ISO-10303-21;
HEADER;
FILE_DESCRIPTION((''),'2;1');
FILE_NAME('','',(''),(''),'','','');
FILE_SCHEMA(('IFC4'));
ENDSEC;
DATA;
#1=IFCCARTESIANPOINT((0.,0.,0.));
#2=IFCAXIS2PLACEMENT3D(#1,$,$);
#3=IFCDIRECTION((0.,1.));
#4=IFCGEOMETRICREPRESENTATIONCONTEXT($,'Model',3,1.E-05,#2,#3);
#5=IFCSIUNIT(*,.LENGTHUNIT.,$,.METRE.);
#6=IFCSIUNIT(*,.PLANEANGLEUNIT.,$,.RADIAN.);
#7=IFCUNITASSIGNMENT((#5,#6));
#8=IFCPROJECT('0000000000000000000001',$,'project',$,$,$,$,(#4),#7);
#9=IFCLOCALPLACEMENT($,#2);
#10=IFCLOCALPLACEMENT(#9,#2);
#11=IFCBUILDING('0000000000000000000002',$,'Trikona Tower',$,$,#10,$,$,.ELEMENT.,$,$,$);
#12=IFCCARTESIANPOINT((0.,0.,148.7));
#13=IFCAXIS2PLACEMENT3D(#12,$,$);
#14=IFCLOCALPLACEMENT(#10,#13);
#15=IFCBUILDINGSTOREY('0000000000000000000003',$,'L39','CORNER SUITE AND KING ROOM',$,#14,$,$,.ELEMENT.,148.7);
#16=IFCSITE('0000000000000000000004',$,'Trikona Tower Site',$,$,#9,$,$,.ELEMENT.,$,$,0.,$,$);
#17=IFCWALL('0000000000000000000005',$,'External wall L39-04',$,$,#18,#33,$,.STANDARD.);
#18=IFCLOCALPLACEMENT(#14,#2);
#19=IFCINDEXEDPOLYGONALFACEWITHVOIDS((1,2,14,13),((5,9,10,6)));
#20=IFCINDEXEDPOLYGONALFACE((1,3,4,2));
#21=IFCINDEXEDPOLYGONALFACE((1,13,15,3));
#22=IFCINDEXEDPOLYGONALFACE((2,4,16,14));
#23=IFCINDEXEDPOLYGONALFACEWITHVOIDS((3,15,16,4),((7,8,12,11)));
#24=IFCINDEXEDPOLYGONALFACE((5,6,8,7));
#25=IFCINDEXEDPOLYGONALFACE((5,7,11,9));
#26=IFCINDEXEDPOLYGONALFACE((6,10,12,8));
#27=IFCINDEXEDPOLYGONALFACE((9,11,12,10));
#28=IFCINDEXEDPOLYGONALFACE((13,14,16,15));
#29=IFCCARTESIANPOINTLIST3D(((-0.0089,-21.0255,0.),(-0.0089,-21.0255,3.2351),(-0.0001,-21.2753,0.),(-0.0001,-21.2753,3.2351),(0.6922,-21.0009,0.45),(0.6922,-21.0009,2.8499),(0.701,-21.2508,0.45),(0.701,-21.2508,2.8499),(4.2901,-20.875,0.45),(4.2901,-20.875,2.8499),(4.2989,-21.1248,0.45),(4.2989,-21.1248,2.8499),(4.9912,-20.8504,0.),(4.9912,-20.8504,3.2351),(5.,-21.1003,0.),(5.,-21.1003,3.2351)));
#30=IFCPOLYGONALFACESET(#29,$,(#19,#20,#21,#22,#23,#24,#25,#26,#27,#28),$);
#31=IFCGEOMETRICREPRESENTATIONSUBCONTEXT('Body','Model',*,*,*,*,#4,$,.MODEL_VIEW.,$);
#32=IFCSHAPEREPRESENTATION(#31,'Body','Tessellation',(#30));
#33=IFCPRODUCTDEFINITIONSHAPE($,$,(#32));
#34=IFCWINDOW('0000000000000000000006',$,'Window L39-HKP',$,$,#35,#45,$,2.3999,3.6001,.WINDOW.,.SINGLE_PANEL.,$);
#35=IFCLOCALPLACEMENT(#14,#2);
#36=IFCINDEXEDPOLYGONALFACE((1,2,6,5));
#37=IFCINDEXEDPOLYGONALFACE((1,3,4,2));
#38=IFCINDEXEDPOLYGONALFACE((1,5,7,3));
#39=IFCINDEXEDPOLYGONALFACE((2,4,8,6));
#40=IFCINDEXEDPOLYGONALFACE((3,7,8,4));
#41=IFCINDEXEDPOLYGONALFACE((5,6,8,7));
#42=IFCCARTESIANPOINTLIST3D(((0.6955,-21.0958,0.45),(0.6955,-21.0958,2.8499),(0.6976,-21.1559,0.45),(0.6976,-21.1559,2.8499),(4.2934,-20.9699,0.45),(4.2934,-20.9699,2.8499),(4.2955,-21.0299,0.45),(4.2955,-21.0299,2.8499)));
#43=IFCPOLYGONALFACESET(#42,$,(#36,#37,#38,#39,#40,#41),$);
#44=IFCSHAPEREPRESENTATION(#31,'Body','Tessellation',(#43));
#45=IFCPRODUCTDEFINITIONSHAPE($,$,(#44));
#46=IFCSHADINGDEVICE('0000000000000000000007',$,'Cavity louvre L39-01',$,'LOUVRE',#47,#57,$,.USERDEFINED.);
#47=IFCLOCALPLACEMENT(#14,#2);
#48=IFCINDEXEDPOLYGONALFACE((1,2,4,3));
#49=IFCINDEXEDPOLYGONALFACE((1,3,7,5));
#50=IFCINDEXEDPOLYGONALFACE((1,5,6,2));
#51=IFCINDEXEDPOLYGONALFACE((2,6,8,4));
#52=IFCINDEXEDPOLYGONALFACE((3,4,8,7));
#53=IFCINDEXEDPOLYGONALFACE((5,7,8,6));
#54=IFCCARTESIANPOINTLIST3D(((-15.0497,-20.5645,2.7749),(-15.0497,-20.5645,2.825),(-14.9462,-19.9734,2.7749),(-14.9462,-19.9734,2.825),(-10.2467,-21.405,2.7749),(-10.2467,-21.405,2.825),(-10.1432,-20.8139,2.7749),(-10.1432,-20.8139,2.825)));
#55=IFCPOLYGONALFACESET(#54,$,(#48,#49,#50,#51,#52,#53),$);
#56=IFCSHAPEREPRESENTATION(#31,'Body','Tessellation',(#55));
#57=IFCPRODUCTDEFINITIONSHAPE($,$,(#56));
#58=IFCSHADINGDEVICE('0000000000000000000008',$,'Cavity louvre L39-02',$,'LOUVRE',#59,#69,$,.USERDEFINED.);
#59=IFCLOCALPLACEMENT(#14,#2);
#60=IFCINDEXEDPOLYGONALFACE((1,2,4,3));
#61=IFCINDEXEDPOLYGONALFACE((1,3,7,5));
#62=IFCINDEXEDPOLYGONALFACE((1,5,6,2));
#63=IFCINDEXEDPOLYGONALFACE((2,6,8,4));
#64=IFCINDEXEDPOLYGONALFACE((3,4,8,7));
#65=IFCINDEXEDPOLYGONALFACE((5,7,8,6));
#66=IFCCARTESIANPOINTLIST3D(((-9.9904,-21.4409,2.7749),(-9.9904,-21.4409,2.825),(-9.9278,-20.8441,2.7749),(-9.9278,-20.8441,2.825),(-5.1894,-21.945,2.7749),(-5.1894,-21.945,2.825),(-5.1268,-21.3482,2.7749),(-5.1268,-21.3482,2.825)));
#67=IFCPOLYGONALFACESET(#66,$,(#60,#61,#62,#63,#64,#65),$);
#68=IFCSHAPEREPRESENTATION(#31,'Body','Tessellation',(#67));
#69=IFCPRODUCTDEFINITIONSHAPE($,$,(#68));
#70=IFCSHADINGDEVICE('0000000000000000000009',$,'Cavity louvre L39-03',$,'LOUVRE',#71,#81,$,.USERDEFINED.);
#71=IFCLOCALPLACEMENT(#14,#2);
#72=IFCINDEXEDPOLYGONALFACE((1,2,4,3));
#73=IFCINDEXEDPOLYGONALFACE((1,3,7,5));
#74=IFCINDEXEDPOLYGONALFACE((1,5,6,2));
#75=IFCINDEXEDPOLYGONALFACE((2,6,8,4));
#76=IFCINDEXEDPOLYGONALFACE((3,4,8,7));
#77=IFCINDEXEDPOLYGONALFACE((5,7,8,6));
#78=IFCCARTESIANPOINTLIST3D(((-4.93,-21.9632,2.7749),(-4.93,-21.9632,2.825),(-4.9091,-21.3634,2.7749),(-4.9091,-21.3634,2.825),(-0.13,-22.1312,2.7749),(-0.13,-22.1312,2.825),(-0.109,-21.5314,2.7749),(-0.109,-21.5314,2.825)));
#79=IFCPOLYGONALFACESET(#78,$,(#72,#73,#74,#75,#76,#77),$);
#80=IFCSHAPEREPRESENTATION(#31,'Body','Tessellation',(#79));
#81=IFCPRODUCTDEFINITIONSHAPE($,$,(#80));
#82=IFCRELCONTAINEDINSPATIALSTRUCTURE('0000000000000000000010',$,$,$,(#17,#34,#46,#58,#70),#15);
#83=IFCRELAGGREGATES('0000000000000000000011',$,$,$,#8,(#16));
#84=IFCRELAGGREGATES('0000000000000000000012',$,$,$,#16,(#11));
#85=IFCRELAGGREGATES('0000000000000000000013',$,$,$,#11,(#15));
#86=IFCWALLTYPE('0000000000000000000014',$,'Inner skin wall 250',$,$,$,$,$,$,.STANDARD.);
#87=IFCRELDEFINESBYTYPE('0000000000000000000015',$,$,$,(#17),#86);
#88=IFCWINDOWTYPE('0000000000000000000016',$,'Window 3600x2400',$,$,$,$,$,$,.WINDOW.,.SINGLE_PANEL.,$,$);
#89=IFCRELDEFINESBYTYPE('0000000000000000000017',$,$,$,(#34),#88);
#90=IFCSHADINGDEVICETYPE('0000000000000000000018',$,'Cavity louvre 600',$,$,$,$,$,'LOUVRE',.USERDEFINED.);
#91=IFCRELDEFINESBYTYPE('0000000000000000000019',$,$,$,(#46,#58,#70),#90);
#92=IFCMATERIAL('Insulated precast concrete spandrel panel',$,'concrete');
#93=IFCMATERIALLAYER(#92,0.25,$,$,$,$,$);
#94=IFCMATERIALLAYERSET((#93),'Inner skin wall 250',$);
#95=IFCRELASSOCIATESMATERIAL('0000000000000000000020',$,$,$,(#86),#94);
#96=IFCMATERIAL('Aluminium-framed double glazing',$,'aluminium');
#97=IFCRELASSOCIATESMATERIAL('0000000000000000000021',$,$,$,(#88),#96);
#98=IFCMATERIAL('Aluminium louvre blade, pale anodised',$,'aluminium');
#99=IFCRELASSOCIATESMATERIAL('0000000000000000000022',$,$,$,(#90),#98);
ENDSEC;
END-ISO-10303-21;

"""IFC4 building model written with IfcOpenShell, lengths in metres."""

from ifc_helpers import new_model, si_unit, direction, frame, frame_2d, origin, origin_2d, place, context, subcontext, project, spatial, rectangle, extrude, material, layer, layer_set, type_object, element, fill, save


model = new_model("IFC4")

# Units and contexts
model_context = context("Model", 3, precision=1e-05, world=origin(), true_north=direction((0.0, 1.0)))
body_context = subcontext(model_context, "Body", "Model", "MODEL_VIEW")
ifc_project = project(units=[si_unit("LENGTHUNIT", "METRE"), si_unit("PLANEANGLEUNIT", "RADIAN")], contexts=[model_context])

# Site, building, storey
site_placement = place(None, origin())
site = spatial("IfcSite", under=ifc_project, at=site_placement, Name="Trikona Tower Site", CompositionType="ELEMENT", RefElevation=0.0)
building_placement = place(site_placement, origin())
building = spatial("IfcBuilding", under=site, at=building_placement, Name="Trikona Tower", CompositionType="ELEMENT")
storey_placement = place(building_placement, frame((0.0, 0.0, 148.7)))
storey = spatial("IfcBuildingStorey", under=building, at=storey_placement, Name="L39", Description="CORNER SUITE AND KING ROOM", CompositionType="ELEMENT", Elevation=148.7)

# Wall, opening, window
ifc_material_1 = material(Name="Insulated precast concrete spandrel panel", Category="concrete")
ifc_layer_1 = layer(ifc_material_1, 0.25)
ifc_layer_set_1 = layer_set([ifc_layer_1], Name="Inner skin wall 250")
wall_type = type_object("IfcWallType", Name="Inner skin wall 250", PredefinedType="STANDARD", material=ifc_layer_set_1)
ifc_material_2 = material(Name="Aluminium-framed double glazing", Category="aluminium")
window_type = type_object("IfcWindowType", Name="Window 3600x2400", PartitioningType="SINGLE_PANEL", PredefinedType="WINDOW", material=ifc_material_2)
wall_1_placement = place(storey_placement, frame((-0.0044, -21.1504, 0.0), z_axis=(0.0, 0.0, 1.0), x_axis=(0.999388, 0.034988, 0.0)))
wall_1 = element("IfcWall", 1, at=wall_1_placement, inside=storey, type_object=wall_type, Name="External wall L39-04", PredefinedType="STANDARD", context=body_context, shape_type="SweptSolid", body=[
    extrude(rectangle(XDim=5.0032, YDim=0.25, at=frame_2d((2.5015, 0.0))), origin(), (0.0, 0.0, 1.0), 3.2351),
])
opening_1_placement = place(wall_1_placement, frame((0.7014, 0.0, 0.45)))
opening_1 = element("IfcOpeningElement", 2, at=opening_1_placement, cuts=wall_1, PredefinedType="OPENING", context=body_context, shape_type="SweptSolid", body=[
    extrude(rectangle(XDim=3.6001, YDim=2.3999, at=frame_2d((1.8, 1.2))), frame((0.0, 0.135, 0.0), z_axis=(0.0, -1.0, 0.0), x_axis=(1.0, 0.0, 0.0)), (0.0, 0.0, 1.0), 0.27),
])
window_1_placement = place(opening_1_placement, origin())
window_1 = element("IfcWindow", 3, at=window_1_placement, inside=storey, type_object=window_type, Name="Window L39-HKP", OverallHeight=2.3999, OverallWidth=3.6001, PartitioningType="SINGLE_PANEL", PredefinedType="WINDOW", context=body_context, shape_type="SweptSolid", body=[
    extrude(rectangle(XDim=3.6001, YDim=2.3999, at=frame_2d((1.8, 1.2))), frame((0.0, 0.03, 0.0), z_axis=(0.0, -1.0, 0.0), x_axis=(1.0, 0.0, 0.0)), (0.0, 0.0, 1.0), 0.0601),
])
fill(opening_1, window_1)

# Shading devices
ifc_material_3 = material(Name="Aluminium louvre blade, pale anodised", Category="aluminium")
shading_device_type = type_object("IfcShadingDeviceType", Name="Cavity louvre 600", ElementType="LOUVRE", PredefinedType="USERDEFINED", material=ifc_material_3)
shading_device_1_placement = place(storey_placement, frame((-12.5964, -20.6892, 2.7749), z_axis=(0.0, 0.0, 1.0), x_axis=(0.985031, -0.17238, 0.0)))
element("IfcShadingDevice", 4, at=shading_device_1_placement, inside=storey, type_object=shading_device_type, Name="Cavity louvre L39-01", ObjectType="LOUVRE", PredefinedType="USERDEFINED", context=body_context, shape_type="SweptSolid", body=[
    extrude(rectangle(XDim=4.876, YDim=0.6001, at=origin_2d()), origin(), (0.0, 0.0, 1.0), 0.05),
])
shading_device_2_placement = place(storey_placement, frame((-7.5586, -21.3945, 2.7749), z_axis=(0.0, 0.0, 1.0), x_axis=(0.994533, -0.104426, 0.0)))
element("IfcShadingDevice", 5, at=shading_device_2_placement, inside=storey, type_object=shading_device_type, Name="Cavity louvre L39-02", ObjectType="LOUVRE", PredefinedType="USERDEFINED", context=body_context, shape_type="SweptSolid", body=[
    extrude(rectangle(XDim=4.8274, YDim=0.6001, at=origin_2d()), origin(), (0.0, 0.0, 1.0), 0.05),
])
shading_device_3_placement = place(storey_placement, frame((-2.5195, -21.7473, 2.7749), z_axis=(0.0, 0.0, 1.0), x_axis=(0.999388, -0.034978, 0.0)))
element("IfcShadingDevice", 6, at=shading_device_3_placement, inside=storey, type_object=shading_device_type, Name="Cavity louvre L39-03", ObjectType="LOUVRE", PredefinedType="USERDEFINED", context=body_context, shape_type="SweptSolid", body=[
    extrude(rectangle(XDim=4.803, YDim=0.6001, at=origin_2d()), origin(), (0.0, 0.0, 1.0), 0.05),
])

save(model, "model.ifc")
